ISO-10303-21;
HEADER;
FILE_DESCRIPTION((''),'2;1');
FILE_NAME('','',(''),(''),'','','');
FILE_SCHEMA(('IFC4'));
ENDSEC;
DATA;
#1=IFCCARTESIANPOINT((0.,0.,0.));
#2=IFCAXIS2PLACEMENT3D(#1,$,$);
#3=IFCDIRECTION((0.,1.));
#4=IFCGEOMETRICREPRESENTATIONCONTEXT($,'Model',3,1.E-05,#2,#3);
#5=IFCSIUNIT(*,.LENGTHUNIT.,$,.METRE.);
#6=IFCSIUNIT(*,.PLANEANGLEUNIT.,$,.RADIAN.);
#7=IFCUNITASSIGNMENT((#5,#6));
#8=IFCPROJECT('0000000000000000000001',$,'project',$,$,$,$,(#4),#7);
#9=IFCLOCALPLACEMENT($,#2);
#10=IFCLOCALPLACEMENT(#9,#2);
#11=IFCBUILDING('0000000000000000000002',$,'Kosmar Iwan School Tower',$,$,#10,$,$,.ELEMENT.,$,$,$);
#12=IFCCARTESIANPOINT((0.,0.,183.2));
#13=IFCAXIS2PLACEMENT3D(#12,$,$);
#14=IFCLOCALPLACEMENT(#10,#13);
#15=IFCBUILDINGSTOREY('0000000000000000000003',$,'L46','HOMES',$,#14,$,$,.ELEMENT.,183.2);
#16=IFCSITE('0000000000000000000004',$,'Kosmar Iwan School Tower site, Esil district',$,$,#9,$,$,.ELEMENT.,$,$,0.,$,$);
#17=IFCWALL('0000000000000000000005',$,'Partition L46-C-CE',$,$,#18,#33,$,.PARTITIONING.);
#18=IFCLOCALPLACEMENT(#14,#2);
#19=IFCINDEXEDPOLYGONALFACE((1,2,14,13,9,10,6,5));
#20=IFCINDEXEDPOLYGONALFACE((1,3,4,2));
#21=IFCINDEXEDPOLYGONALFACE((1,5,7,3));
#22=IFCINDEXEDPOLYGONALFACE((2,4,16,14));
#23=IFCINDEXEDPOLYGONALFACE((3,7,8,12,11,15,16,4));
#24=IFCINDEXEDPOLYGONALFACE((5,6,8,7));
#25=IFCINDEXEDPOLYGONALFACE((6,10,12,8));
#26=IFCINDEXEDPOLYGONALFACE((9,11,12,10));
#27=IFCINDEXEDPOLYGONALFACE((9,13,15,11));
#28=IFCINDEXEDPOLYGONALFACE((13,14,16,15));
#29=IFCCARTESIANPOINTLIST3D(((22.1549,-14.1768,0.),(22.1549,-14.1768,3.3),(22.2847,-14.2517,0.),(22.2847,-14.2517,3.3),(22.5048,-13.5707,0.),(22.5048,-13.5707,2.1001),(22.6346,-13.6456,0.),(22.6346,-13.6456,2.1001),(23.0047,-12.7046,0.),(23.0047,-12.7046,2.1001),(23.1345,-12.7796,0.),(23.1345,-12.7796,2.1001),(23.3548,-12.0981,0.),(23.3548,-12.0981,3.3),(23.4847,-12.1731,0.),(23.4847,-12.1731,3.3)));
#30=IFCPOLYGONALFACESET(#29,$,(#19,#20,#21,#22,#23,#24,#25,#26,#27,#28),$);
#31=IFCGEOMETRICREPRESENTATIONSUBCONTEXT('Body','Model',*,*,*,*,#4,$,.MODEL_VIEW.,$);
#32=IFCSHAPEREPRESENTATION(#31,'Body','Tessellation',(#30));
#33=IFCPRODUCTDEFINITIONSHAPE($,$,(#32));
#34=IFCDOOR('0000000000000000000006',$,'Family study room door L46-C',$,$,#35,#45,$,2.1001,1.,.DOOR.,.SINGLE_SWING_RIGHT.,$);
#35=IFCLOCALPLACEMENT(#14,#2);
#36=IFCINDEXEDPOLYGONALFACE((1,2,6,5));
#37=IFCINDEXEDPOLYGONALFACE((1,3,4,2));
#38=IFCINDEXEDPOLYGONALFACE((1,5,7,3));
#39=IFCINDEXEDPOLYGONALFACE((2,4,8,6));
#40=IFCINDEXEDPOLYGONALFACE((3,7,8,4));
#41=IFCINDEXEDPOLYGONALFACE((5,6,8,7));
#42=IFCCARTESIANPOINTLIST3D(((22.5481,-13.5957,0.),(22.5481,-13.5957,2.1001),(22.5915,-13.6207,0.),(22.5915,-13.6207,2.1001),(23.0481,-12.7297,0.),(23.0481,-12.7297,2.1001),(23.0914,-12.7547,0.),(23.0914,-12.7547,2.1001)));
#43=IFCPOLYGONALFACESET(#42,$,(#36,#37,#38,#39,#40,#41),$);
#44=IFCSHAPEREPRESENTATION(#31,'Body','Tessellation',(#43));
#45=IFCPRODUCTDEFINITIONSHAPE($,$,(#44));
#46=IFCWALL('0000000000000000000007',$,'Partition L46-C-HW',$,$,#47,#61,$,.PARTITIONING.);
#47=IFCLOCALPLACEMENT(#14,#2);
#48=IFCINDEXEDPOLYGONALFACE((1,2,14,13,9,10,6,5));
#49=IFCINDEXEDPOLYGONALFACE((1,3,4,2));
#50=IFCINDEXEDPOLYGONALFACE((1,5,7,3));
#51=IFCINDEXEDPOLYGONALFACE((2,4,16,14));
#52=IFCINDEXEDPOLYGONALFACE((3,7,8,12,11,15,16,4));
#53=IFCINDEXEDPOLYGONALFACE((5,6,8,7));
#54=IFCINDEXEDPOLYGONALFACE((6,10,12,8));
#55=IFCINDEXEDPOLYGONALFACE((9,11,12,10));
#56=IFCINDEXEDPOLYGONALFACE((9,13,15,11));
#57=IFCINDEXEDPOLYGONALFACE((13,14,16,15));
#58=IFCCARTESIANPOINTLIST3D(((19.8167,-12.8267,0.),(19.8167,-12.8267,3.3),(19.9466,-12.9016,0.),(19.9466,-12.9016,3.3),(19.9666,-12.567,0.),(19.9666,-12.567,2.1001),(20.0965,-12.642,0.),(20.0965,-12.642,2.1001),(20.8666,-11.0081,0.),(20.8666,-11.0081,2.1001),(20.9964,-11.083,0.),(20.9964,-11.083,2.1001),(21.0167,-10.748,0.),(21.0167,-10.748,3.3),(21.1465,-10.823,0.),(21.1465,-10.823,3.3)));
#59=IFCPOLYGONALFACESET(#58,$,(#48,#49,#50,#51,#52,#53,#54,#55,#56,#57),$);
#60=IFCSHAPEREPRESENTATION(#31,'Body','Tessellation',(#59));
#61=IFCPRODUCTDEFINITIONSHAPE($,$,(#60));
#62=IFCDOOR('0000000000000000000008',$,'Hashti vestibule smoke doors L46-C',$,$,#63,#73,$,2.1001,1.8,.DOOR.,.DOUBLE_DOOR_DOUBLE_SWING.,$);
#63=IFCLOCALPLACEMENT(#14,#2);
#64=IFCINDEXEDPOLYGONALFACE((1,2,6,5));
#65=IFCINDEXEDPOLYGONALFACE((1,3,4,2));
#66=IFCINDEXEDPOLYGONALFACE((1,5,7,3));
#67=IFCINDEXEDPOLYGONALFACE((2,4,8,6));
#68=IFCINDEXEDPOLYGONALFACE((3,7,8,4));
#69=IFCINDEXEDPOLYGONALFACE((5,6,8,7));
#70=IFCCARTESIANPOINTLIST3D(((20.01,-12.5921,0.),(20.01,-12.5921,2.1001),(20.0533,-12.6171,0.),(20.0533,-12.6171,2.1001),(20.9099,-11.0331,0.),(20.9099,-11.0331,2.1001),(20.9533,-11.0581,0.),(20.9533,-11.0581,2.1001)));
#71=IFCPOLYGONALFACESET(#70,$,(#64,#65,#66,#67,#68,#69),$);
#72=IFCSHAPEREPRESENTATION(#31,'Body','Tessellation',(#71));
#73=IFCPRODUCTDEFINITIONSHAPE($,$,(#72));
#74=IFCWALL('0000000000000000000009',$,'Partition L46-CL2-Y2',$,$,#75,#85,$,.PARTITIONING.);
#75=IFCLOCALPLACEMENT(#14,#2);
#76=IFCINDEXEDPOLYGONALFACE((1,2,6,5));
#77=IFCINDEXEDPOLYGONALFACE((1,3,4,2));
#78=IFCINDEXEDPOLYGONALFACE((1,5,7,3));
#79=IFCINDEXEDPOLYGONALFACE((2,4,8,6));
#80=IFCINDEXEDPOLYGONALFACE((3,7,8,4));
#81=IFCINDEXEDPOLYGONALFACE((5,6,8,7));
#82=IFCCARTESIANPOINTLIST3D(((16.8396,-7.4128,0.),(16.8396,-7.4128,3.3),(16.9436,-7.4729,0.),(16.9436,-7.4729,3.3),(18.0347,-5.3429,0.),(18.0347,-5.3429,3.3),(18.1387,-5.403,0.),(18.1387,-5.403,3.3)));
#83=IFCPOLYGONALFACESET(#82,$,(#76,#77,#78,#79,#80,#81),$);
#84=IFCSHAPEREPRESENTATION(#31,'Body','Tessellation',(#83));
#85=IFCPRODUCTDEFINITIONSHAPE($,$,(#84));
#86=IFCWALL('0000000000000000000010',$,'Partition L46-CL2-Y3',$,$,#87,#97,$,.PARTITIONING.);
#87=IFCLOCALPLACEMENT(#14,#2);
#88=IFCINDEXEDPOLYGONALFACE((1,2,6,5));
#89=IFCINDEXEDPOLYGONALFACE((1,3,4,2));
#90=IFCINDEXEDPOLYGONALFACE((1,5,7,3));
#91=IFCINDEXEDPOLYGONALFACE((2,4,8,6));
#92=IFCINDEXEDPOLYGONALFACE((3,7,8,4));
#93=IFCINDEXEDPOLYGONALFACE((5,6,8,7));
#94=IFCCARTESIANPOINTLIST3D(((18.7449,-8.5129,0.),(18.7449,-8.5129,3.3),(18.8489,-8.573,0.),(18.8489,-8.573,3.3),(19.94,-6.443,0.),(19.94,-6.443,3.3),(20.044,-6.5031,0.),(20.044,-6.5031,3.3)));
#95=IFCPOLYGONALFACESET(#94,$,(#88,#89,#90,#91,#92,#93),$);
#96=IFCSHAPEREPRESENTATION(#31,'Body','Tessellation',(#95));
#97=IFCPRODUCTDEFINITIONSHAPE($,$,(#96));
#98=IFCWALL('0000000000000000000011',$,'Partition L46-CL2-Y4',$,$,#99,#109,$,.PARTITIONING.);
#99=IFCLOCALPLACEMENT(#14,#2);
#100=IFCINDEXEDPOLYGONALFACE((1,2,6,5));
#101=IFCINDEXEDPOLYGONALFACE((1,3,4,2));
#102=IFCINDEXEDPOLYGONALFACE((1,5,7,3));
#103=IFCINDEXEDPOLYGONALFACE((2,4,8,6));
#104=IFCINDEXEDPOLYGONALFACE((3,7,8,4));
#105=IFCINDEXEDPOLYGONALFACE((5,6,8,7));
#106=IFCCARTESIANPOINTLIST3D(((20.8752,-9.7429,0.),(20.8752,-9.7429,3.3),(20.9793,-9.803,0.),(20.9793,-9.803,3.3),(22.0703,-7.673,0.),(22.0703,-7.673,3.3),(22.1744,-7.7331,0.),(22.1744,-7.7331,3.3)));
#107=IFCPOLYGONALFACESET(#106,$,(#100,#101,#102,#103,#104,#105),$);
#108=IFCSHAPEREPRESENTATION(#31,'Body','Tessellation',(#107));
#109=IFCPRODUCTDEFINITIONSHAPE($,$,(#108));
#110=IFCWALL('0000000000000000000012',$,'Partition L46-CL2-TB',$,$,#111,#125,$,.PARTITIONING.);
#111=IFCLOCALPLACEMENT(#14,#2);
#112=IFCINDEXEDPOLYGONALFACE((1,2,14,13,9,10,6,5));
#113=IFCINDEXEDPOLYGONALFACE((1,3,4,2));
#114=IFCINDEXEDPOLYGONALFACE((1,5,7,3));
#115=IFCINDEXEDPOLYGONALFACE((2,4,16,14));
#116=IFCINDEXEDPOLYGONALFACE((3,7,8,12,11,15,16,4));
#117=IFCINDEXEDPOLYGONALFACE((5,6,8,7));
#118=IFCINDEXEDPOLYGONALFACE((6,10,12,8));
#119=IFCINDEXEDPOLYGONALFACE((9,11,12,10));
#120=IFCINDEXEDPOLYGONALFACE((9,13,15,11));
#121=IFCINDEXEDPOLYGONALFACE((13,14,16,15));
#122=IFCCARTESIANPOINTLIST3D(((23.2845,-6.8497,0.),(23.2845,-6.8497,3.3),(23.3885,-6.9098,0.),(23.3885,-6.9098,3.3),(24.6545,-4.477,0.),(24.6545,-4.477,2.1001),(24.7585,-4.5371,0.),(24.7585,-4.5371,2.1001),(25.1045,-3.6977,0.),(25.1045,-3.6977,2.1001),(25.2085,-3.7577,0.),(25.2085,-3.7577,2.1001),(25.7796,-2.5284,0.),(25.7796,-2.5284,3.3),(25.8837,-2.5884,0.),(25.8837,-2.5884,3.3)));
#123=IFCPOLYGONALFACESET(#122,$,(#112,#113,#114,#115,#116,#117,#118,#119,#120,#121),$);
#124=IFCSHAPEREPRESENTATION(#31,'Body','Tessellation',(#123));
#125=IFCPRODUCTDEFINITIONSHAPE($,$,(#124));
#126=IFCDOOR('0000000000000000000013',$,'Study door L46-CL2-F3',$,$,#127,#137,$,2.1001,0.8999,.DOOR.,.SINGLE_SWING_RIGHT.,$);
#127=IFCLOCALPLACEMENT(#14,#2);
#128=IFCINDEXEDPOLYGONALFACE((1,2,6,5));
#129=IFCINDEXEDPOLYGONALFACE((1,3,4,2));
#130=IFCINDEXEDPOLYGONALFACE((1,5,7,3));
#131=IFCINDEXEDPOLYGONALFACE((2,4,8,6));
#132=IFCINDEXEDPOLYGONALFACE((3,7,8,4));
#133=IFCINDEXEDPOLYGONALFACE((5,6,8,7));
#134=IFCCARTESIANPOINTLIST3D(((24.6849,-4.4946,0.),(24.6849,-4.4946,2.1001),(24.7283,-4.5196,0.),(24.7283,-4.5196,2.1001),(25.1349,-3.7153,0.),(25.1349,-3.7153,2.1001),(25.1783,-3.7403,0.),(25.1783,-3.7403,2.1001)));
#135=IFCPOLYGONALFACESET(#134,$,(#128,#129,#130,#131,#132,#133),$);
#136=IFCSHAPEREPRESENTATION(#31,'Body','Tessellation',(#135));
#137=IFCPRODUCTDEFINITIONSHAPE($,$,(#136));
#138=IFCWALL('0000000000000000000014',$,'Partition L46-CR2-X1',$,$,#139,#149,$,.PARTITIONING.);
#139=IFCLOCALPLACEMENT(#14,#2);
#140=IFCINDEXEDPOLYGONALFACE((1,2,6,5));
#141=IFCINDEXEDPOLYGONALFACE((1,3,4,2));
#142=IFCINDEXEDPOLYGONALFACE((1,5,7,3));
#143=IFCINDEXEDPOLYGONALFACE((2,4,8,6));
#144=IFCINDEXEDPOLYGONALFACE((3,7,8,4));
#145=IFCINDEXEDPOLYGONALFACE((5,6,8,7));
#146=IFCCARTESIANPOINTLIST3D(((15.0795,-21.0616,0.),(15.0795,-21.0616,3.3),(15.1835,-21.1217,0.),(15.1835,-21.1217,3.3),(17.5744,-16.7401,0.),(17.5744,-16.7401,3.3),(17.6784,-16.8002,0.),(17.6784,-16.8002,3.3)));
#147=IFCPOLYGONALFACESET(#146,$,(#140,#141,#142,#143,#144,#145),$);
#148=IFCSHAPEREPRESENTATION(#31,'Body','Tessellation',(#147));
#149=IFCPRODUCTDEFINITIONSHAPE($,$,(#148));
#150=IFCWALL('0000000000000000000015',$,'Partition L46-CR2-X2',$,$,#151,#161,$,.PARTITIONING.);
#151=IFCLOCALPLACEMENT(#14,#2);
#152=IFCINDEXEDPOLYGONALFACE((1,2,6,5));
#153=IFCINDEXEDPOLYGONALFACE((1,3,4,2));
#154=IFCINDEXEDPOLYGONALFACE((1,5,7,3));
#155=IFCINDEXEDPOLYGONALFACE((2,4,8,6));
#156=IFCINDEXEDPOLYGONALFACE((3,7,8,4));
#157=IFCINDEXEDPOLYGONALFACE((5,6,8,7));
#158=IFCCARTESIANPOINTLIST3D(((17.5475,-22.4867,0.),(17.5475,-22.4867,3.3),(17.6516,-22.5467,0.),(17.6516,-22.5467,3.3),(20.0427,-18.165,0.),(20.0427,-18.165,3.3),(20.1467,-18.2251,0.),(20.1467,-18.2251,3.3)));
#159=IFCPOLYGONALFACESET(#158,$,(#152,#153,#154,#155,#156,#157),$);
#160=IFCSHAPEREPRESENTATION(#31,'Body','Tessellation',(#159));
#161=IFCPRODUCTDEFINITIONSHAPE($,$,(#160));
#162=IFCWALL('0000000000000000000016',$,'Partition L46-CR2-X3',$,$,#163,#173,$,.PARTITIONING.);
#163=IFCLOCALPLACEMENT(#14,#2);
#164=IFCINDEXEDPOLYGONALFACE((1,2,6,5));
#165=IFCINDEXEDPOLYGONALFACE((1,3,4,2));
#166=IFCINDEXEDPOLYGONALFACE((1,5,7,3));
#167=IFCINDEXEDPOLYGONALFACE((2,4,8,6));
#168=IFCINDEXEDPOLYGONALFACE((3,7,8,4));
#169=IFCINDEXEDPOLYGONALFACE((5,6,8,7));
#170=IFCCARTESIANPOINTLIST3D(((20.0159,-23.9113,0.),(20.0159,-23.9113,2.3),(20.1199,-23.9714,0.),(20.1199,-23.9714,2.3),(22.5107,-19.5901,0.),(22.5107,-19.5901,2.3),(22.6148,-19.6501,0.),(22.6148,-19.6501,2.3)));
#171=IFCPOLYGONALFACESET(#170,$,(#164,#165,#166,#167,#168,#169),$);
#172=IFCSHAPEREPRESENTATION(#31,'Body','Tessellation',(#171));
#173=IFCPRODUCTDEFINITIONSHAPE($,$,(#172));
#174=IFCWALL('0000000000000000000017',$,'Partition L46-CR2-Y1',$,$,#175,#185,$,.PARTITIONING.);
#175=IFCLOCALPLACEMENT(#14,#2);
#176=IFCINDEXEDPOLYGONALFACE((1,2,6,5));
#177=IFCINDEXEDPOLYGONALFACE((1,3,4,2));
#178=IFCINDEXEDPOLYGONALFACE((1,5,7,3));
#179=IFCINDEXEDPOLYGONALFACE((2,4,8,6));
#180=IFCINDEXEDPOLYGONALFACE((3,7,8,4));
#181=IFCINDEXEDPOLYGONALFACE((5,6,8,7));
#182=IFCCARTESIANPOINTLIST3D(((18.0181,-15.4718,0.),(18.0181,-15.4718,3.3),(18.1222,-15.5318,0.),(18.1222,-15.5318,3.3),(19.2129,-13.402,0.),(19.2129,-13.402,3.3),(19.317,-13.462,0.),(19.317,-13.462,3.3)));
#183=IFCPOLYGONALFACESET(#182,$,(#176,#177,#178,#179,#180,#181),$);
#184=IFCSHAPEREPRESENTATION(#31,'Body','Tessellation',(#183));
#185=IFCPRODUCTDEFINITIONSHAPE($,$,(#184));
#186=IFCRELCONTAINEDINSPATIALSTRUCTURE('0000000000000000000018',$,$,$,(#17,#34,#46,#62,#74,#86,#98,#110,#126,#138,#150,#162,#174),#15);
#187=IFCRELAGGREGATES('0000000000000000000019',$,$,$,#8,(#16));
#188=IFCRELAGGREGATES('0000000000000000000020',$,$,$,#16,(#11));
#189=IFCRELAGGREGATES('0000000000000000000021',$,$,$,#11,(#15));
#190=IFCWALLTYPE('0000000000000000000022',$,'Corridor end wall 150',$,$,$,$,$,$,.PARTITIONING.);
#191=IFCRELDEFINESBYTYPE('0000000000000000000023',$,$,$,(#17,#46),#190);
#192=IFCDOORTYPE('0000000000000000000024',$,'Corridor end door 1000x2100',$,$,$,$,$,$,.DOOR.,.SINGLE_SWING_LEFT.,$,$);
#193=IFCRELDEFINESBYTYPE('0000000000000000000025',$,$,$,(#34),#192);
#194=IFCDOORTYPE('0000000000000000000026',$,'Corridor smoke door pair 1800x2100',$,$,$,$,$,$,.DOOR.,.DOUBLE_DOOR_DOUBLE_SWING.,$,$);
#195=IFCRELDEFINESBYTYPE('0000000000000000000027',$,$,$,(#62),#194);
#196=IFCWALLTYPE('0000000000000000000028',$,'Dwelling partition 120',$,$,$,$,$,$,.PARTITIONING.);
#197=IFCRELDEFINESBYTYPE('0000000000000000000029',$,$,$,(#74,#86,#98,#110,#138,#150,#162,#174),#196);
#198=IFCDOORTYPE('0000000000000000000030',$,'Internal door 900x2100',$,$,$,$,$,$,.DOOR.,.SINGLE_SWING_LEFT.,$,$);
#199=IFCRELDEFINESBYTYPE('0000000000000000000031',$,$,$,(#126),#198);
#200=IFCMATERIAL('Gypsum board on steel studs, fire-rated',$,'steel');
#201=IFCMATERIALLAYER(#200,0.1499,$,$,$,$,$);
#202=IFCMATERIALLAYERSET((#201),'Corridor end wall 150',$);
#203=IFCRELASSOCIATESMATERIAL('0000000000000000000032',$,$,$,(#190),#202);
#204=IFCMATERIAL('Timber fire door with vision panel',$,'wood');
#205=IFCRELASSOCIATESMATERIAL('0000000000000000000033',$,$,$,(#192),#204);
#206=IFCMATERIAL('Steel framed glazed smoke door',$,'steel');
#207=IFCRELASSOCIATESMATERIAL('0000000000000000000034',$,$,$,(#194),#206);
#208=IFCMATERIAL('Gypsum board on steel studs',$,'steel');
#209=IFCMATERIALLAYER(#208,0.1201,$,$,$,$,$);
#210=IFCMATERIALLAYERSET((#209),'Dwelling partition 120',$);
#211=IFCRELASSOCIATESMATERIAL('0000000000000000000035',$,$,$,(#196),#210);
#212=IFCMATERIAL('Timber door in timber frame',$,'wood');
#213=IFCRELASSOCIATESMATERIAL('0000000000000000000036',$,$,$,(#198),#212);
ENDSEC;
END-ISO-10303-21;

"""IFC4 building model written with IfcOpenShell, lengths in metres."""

from ifc_helpers import new_model, si_unit, direction, frame, frame_2d, origin, place, context, subcontext, project, spatial, rectangle, extrude, material, layer, layer_set, type_object, element, fill, save


model = new_model("IFC4")

# Units and contexts
model_context = context("Model", 3, precision=1e-05, world=origin(), true_north=direction((0.0, 1.0)))
body_context = subcontext(model_context, "Body", "Model", "MODEL_VIEW")
ifc_project = project(units=[si_unit("LENGTHUNIT", "METRE"), si_unit("PLANEANGLEUNIT", "RADIAN")], contexts=[model_context])

# Site, building, storey
site_placement = place(None, origin())
site = spatial("IfcSite", under=ifc_project, at=site_placement, Name="Kosmar Iwan School Tower site, Esil district", CompositionType="ELEMENT", RefElevation=0.0)
building_placement = place(site_placement, origin())
building = spatial("IfcBuilding", under=site, at=building_placement, Name="Kosmar Iwan School Tower", CompositionType="ELEMENT")
storey_placement = place(building_placement, frame((0.0, 0.0, 183.2)))
storey = spatial("IfcBuildingStorey", under=building, at=storey_placement, Name="L46", Description="HOMES", CompositionType="ELEMENT", Elevation=183.2)

# Walls, openings, doors
ifc_material_1 = material(Name="Gypsum board on steel studs, fire-rated", Category="steel")
ifc_layer_1 = layer(ifc_material_1, 0.1499)
ifc_layer_set_1 = layer_set([ifc_layer_1], Name="Corridor end wall 150")
wall_type_1 = type_object("IfcWallType", Name="Corridor end wall 150", PredefinedType="PARTITIONING", material=ifc_layer_set_1)
wall_1_placement = place(storey_placement, frame((22.2197, -14.2144, 0.0), z_axis=(0.0, 0.0, 1.0), x_axis=(0.499957, 0.86605, 0.0)))
wall_1 = element("IfcWall", 1, at=wall_1_placement, inside=storey, type_object=wall_type_1, Name="Partition L46-C-CE", PredefinedType="PARTITIONING", context=body_context, shape_type="SweptSolid", body=[
    extrude(rectangle(XDim=2.4001, YDim=0.1499, at=frame_2d((1.2002, 0.0))), origin(), (0.0, 0.0, 1.0), 3.3),
])
opening_1_placement = place(wall_1_placement, frame((0.7, 0.0, 0.0)))
opening_1 = element("IfcOpeningElement", 2, at=opening_1_placement, cuts=wall_1, PredefinedType="OPENING", context=body_context, shape_type="SweptSolid", body=[
    extrude(rectangle(XDim=1.0, YDim=2.1001, at=frame_2d((0.5, 1.05))), frame((0.0, 0.0869, 0.0), z_axis=(0.0, -1.0, 0.0), x_axis=(1.0, 0.0, 0.0)), (0.0, 0.0, 1.0), 0.1738),
])
ifc_material_2 = material(Name="Timber fire door with vision panel", Category="wood")
door_type_1 = type_object("IfcDoorType", Name="Corridor end door 1000x2100", OperationType="SINGLE_SWING_LEFT", PredefinedType="DOOR", material=ifc_material_2)
door_1_placement = place(opening_1_placement, origin())
door_1 = element("IfcDoor", 3, at=door_1_placement, inside=storey, type_object=door_type_1, Name="Family study room door L46-C", OperationType="SINGLE_SWING_RIGHT", OverallHeight=2.1001, OverallWidth=1.0, PredefinedType="DOOR", context=body_context, shape_type="SweptSolid", body=[
    extrude(rectangle(XDim=1.0, YDim=2.1001, at=frame_2d((0.5, 1.05))), frame((0.0, 0.0249, 0.0), z_axis=(0.0, -1.0, 0.0), x_axis=(1.0, 0.0, 0.0)), (0.0, 0.0, 1.0), 0.05),
])
fill(opening_1, door_1)
wall_2_placement = place(storey_placement, frame((19.8816, -12.8643, 0.0), z_axis=(0.0, 0.0, 1.0), x_axis=(0.499957, 0.86605, 0.0)))
wall_2 = element("IfcWall", 4, at=wall_2_placement, inside=storey, type_object=wall_type_1, Name="Partition L46-C-HW", PredefinedType="PARTITIONING", context=body_context, shape_type="SweptSolid", body=[
    extrude(rectangle(XDim=2.4001, YDim=0.1499, at=frame_2d((1.2002, 0.0))), origin(), (0.0, 0.0, 1.0), 3.3),
])
opening_2_placement = place(wall_2_placement, frame((0.3, 0.0, 0.0)))
opening_2 = element("IfcOpeningElement", 5, at=opening_2_placement, cuts=wall_2, PredefinedType="OPENING", context=body_context, shape_type="SweptSolid", body=[
    extrude(rectangle(XDim=1.8, YDim=2.1001, at=frame_2d((0.8999, 1.05))), frame((0.0, 0.0869, 0.0), z_axis=(0.0, -1.0, 0.0), x_axis=(1.0, 0.0, 0.0)), (0.0, 0.0, 1.0), 0.1738),
])
ifc_material_3 = material(Name="Steel framed glazed smoke door", Category="steel")
door_type_2 = type_object("IfcDoorType", Name="Corridor smoke door pair 1800x2100", OperationType="DOUBLE_DOOR_DOUBLE_SWING", PredefinedType="DOOR", material=ifc_material_3)
door_2_placement = place(opening_2_placement, origin())
door_2 = element("IfcDoor", 6, at=door_2_placement, inside=storey, type_object=door_type_2, Name="Hashti vestibule smoke doors L46-C", OperationType="DOUBLE_DOOR_DOUBLE_SWING", OverallHeight=2.1001, OverallWidth=1.8, PredefinedType="DOOR", context=body_context, shape_type="SweptSolid", body=[
    extrude(rectangle(XDim=1.8, YDim=2.1001, at=frame_2d((0.8999, 1.05))), frame((0.0, 0.0249, 0.0), z_axis=(0.0, -1.0, 0.0), x_axis=(1.0, 0.0, 0.0)), (0.0, 0.0, 1.0), 0.05),
])
fill(opening_2, door_2)

# Walls
ifc_material_4 = material(Name="Gypsum board on steel studs", Category="steel")
ifc_layer_2 = layer(ifc_material_4, 0.1201)
ifc_layer_set_2 = layer_set([ifc_layer_2], Name="Dwelling partition 120")
wall_type_2 = type_object("IfcWallType", Name="Dwelling partition 120", PredefinedType="PARTITIONING", material=ifc_layer_set_2)
for number, where, z_axis, x_axis, name in (
    (7, (16.8916, -7.4429, 0.0), (0.0, 0.0, 1.0), (0.500017, 0.866015, 0.0), "Partition L46-CL2-Y2"),
    (8, (18.7969, -8.543, 0.0), (0.0, 0.0, 1.0), (0.500017, 0.866015, 0.0), "Partition L46-CL2-Y3"),
    (9, (20.9272, -9.7729, 0.0), (0.0, 0.0, 1.0), (0.500017, 0.866015, 0.0), "Partition L46-CL2-Y4"),
):
    element("IfcWall", number, at=place(storey_placement, frame(where, z_axis=z_axis, x_axis=x_axis)), inside=storey, type_object=wall_type_2, Name=name, PredefinedType="PARTITIONING", context=body_context, shape_type="SweptSolid", body=[
        extrude(rectangle(XDim=2.3901, YDim=0.1201, at=frame_2d((1.1951, 0.0))), origin(), (0.0, 0.0, 1.0), 3.3),
    ])

# Wall, opening, door
wall_3_placement = place(storey_placement, frame((23.3364, -6.8799, 0.0), z_axis=(0.0, 0.0, 1.0), x_axis=(0.500033, 0.866006, 0.0)))
wall_3 = element("IfcWall", 10, at=wall_3_placement, inside=storey, type_object=wall_type_2, Name="Partition L46-CL2-TB", PredefinedType="PARTITIONING", context=body_context, shape_type="SweptSolid", body=[
    extrude(rectangle(XDim=4.99, YDim=0.1201, at=frame_2d((2.4951, 0.0))), origin(), (0.0, 0.0, 1.0), 3.3),
])
opening_3_placement = place(wall_3_placement, frame((2.74, 0.0, 0.0)))
opening_3 = element("IfcOpeningElement", 11, at=opening_3_placement, cuts=wall_3, PredefinedType="OPENING", context=body_context, shape_type="SweptSolid", body=[
    extrude(rectangle(XDim=0.8999, YDim=2.1001, at=frame_2d((0.45, 1.05))), frame((0.0, 0.072, 0.0), z_axis=(0.0, -1.0, 0.0), x_axis=(1.0, 0.0, 0.0)), (0.0, 0.0, 1.0), 0.144),
])
ifc_material_5 = material(Name="Timber door in timber frame", Category="wood")
door_type_3 = type_object("IfcDoorType", Name="Internal door 900x2100", OperationType="SINGLE_SWING_LEFT", PredefinedType="DOOR", material=ifc_material_5)
door_3_placement = place(opening_3_placement, origin())
door_3 = element("IfcDoor", 12, at=door_3_placement, inside=storey, type_object=door_type_3, Name="Study door L46-CL2-F3", OperationType="SINGLE_SWING_RIGHT", OverallHeight=2.1001, OverallWidth=0.8999, PredefinedType="DOOR", context=body_context, shape_type="SweptSolid", body=[
    extrude(rectangle(XDim=0.8999, YDim=2.1001, at=frame_2d((0.45, 1.05))), frame((0.0, 0.0249, 0.0), z_axis=(0.0, -1.0, 0.0), x_axis=(1.0, 0.0, 0.0)), (0.0, 0.0, 1.0), 0.05),
])
fill(opening_3, door_3)

# Walls
wall_4_placement = place(storey_placement, frame((17.6265, -16.77, 0.0), z_axis=(0.0, 0.0, 1.0), x_axis=(-0.499975, -0.86604, 0.0)))
element("IfcWall", 13, at=wall_4_placement, inside=storey, type_object=wall_type_2, Name="Partition L46-CR2-X1", PredefinedType="PARTITIONING", context=body_context, shape_type="SweptSolid", body=[
    extrude(rectangle(XDim=4.99, YDim=0.1201, at=frame_2d((2.4951, 0.0))), origin(), (0.0, 0.0, 1.0), 3.3),
])
wall_5_placement = place(storey_placement, frame((20.0947, -18.1951, 0.0), z_axis=(0.0, 0.0, 1.0), x_axis=(-0.500012, -0.866019, 0.0)))
element("IfcWall", 14, at=wall_5_placement, inside=storey, type_object=wall_type_2, Name="Partition L46-CR2-X2", PredefinedType="PARTITIONING", context=body_context, shape_type="SweptSolid", body=[
    extrude(rectangle(XDim=4.9902, YDim=0.1201, at=frame_2d((2.4951, 0.0))), origin(), (0.0, 0.0, 1.0), 3.3),
])
wall_6_placement = place(storey_placement, frame((22.5627, -19.6201, 0.0), z_axis=(0.0, 0.0, 1.0), x_axis=(-0.499996, -0.866028, 0.0)))
element("IfcWall", 15, at=wall_6_placement, inside=storey, type_object=wall_type_2, Name="Partition L46-CR2-X3", PredefinedType="PARTITIONING", context=body_context, shape_type="SweptSolid", body=[
    extrude(rectangle(XDim=4.9897, YDim=0.1201, at=frame_2d((2.4949, 0.0))), origin(), (0.0, 0.0, 1.0), 2.3),
])
wall_7_placement = place(storey_placement, frame((19.2649, -13.4321, 0.0), z_axis=(0.0, 0.0, 1.0), x_axis=(-0.499941, -0.86606, 0.0)))
element("IfcWall", 16, at=wall_7_placement, inside=storey, type_object=wall_type_2, Name="Partition L46-CR2-Y1", PredefinedType="PARTITIONING", context=body_context, shape_type="SweptSolid", body=[
    extrude(rectangle(XDim=2.3899, YDim=0.1201, at=frame_2d((1.1948, 0.0))), origin(), (0.0, 0.0, 1.0), 3.3),
])

save(model, "model.ifc")
